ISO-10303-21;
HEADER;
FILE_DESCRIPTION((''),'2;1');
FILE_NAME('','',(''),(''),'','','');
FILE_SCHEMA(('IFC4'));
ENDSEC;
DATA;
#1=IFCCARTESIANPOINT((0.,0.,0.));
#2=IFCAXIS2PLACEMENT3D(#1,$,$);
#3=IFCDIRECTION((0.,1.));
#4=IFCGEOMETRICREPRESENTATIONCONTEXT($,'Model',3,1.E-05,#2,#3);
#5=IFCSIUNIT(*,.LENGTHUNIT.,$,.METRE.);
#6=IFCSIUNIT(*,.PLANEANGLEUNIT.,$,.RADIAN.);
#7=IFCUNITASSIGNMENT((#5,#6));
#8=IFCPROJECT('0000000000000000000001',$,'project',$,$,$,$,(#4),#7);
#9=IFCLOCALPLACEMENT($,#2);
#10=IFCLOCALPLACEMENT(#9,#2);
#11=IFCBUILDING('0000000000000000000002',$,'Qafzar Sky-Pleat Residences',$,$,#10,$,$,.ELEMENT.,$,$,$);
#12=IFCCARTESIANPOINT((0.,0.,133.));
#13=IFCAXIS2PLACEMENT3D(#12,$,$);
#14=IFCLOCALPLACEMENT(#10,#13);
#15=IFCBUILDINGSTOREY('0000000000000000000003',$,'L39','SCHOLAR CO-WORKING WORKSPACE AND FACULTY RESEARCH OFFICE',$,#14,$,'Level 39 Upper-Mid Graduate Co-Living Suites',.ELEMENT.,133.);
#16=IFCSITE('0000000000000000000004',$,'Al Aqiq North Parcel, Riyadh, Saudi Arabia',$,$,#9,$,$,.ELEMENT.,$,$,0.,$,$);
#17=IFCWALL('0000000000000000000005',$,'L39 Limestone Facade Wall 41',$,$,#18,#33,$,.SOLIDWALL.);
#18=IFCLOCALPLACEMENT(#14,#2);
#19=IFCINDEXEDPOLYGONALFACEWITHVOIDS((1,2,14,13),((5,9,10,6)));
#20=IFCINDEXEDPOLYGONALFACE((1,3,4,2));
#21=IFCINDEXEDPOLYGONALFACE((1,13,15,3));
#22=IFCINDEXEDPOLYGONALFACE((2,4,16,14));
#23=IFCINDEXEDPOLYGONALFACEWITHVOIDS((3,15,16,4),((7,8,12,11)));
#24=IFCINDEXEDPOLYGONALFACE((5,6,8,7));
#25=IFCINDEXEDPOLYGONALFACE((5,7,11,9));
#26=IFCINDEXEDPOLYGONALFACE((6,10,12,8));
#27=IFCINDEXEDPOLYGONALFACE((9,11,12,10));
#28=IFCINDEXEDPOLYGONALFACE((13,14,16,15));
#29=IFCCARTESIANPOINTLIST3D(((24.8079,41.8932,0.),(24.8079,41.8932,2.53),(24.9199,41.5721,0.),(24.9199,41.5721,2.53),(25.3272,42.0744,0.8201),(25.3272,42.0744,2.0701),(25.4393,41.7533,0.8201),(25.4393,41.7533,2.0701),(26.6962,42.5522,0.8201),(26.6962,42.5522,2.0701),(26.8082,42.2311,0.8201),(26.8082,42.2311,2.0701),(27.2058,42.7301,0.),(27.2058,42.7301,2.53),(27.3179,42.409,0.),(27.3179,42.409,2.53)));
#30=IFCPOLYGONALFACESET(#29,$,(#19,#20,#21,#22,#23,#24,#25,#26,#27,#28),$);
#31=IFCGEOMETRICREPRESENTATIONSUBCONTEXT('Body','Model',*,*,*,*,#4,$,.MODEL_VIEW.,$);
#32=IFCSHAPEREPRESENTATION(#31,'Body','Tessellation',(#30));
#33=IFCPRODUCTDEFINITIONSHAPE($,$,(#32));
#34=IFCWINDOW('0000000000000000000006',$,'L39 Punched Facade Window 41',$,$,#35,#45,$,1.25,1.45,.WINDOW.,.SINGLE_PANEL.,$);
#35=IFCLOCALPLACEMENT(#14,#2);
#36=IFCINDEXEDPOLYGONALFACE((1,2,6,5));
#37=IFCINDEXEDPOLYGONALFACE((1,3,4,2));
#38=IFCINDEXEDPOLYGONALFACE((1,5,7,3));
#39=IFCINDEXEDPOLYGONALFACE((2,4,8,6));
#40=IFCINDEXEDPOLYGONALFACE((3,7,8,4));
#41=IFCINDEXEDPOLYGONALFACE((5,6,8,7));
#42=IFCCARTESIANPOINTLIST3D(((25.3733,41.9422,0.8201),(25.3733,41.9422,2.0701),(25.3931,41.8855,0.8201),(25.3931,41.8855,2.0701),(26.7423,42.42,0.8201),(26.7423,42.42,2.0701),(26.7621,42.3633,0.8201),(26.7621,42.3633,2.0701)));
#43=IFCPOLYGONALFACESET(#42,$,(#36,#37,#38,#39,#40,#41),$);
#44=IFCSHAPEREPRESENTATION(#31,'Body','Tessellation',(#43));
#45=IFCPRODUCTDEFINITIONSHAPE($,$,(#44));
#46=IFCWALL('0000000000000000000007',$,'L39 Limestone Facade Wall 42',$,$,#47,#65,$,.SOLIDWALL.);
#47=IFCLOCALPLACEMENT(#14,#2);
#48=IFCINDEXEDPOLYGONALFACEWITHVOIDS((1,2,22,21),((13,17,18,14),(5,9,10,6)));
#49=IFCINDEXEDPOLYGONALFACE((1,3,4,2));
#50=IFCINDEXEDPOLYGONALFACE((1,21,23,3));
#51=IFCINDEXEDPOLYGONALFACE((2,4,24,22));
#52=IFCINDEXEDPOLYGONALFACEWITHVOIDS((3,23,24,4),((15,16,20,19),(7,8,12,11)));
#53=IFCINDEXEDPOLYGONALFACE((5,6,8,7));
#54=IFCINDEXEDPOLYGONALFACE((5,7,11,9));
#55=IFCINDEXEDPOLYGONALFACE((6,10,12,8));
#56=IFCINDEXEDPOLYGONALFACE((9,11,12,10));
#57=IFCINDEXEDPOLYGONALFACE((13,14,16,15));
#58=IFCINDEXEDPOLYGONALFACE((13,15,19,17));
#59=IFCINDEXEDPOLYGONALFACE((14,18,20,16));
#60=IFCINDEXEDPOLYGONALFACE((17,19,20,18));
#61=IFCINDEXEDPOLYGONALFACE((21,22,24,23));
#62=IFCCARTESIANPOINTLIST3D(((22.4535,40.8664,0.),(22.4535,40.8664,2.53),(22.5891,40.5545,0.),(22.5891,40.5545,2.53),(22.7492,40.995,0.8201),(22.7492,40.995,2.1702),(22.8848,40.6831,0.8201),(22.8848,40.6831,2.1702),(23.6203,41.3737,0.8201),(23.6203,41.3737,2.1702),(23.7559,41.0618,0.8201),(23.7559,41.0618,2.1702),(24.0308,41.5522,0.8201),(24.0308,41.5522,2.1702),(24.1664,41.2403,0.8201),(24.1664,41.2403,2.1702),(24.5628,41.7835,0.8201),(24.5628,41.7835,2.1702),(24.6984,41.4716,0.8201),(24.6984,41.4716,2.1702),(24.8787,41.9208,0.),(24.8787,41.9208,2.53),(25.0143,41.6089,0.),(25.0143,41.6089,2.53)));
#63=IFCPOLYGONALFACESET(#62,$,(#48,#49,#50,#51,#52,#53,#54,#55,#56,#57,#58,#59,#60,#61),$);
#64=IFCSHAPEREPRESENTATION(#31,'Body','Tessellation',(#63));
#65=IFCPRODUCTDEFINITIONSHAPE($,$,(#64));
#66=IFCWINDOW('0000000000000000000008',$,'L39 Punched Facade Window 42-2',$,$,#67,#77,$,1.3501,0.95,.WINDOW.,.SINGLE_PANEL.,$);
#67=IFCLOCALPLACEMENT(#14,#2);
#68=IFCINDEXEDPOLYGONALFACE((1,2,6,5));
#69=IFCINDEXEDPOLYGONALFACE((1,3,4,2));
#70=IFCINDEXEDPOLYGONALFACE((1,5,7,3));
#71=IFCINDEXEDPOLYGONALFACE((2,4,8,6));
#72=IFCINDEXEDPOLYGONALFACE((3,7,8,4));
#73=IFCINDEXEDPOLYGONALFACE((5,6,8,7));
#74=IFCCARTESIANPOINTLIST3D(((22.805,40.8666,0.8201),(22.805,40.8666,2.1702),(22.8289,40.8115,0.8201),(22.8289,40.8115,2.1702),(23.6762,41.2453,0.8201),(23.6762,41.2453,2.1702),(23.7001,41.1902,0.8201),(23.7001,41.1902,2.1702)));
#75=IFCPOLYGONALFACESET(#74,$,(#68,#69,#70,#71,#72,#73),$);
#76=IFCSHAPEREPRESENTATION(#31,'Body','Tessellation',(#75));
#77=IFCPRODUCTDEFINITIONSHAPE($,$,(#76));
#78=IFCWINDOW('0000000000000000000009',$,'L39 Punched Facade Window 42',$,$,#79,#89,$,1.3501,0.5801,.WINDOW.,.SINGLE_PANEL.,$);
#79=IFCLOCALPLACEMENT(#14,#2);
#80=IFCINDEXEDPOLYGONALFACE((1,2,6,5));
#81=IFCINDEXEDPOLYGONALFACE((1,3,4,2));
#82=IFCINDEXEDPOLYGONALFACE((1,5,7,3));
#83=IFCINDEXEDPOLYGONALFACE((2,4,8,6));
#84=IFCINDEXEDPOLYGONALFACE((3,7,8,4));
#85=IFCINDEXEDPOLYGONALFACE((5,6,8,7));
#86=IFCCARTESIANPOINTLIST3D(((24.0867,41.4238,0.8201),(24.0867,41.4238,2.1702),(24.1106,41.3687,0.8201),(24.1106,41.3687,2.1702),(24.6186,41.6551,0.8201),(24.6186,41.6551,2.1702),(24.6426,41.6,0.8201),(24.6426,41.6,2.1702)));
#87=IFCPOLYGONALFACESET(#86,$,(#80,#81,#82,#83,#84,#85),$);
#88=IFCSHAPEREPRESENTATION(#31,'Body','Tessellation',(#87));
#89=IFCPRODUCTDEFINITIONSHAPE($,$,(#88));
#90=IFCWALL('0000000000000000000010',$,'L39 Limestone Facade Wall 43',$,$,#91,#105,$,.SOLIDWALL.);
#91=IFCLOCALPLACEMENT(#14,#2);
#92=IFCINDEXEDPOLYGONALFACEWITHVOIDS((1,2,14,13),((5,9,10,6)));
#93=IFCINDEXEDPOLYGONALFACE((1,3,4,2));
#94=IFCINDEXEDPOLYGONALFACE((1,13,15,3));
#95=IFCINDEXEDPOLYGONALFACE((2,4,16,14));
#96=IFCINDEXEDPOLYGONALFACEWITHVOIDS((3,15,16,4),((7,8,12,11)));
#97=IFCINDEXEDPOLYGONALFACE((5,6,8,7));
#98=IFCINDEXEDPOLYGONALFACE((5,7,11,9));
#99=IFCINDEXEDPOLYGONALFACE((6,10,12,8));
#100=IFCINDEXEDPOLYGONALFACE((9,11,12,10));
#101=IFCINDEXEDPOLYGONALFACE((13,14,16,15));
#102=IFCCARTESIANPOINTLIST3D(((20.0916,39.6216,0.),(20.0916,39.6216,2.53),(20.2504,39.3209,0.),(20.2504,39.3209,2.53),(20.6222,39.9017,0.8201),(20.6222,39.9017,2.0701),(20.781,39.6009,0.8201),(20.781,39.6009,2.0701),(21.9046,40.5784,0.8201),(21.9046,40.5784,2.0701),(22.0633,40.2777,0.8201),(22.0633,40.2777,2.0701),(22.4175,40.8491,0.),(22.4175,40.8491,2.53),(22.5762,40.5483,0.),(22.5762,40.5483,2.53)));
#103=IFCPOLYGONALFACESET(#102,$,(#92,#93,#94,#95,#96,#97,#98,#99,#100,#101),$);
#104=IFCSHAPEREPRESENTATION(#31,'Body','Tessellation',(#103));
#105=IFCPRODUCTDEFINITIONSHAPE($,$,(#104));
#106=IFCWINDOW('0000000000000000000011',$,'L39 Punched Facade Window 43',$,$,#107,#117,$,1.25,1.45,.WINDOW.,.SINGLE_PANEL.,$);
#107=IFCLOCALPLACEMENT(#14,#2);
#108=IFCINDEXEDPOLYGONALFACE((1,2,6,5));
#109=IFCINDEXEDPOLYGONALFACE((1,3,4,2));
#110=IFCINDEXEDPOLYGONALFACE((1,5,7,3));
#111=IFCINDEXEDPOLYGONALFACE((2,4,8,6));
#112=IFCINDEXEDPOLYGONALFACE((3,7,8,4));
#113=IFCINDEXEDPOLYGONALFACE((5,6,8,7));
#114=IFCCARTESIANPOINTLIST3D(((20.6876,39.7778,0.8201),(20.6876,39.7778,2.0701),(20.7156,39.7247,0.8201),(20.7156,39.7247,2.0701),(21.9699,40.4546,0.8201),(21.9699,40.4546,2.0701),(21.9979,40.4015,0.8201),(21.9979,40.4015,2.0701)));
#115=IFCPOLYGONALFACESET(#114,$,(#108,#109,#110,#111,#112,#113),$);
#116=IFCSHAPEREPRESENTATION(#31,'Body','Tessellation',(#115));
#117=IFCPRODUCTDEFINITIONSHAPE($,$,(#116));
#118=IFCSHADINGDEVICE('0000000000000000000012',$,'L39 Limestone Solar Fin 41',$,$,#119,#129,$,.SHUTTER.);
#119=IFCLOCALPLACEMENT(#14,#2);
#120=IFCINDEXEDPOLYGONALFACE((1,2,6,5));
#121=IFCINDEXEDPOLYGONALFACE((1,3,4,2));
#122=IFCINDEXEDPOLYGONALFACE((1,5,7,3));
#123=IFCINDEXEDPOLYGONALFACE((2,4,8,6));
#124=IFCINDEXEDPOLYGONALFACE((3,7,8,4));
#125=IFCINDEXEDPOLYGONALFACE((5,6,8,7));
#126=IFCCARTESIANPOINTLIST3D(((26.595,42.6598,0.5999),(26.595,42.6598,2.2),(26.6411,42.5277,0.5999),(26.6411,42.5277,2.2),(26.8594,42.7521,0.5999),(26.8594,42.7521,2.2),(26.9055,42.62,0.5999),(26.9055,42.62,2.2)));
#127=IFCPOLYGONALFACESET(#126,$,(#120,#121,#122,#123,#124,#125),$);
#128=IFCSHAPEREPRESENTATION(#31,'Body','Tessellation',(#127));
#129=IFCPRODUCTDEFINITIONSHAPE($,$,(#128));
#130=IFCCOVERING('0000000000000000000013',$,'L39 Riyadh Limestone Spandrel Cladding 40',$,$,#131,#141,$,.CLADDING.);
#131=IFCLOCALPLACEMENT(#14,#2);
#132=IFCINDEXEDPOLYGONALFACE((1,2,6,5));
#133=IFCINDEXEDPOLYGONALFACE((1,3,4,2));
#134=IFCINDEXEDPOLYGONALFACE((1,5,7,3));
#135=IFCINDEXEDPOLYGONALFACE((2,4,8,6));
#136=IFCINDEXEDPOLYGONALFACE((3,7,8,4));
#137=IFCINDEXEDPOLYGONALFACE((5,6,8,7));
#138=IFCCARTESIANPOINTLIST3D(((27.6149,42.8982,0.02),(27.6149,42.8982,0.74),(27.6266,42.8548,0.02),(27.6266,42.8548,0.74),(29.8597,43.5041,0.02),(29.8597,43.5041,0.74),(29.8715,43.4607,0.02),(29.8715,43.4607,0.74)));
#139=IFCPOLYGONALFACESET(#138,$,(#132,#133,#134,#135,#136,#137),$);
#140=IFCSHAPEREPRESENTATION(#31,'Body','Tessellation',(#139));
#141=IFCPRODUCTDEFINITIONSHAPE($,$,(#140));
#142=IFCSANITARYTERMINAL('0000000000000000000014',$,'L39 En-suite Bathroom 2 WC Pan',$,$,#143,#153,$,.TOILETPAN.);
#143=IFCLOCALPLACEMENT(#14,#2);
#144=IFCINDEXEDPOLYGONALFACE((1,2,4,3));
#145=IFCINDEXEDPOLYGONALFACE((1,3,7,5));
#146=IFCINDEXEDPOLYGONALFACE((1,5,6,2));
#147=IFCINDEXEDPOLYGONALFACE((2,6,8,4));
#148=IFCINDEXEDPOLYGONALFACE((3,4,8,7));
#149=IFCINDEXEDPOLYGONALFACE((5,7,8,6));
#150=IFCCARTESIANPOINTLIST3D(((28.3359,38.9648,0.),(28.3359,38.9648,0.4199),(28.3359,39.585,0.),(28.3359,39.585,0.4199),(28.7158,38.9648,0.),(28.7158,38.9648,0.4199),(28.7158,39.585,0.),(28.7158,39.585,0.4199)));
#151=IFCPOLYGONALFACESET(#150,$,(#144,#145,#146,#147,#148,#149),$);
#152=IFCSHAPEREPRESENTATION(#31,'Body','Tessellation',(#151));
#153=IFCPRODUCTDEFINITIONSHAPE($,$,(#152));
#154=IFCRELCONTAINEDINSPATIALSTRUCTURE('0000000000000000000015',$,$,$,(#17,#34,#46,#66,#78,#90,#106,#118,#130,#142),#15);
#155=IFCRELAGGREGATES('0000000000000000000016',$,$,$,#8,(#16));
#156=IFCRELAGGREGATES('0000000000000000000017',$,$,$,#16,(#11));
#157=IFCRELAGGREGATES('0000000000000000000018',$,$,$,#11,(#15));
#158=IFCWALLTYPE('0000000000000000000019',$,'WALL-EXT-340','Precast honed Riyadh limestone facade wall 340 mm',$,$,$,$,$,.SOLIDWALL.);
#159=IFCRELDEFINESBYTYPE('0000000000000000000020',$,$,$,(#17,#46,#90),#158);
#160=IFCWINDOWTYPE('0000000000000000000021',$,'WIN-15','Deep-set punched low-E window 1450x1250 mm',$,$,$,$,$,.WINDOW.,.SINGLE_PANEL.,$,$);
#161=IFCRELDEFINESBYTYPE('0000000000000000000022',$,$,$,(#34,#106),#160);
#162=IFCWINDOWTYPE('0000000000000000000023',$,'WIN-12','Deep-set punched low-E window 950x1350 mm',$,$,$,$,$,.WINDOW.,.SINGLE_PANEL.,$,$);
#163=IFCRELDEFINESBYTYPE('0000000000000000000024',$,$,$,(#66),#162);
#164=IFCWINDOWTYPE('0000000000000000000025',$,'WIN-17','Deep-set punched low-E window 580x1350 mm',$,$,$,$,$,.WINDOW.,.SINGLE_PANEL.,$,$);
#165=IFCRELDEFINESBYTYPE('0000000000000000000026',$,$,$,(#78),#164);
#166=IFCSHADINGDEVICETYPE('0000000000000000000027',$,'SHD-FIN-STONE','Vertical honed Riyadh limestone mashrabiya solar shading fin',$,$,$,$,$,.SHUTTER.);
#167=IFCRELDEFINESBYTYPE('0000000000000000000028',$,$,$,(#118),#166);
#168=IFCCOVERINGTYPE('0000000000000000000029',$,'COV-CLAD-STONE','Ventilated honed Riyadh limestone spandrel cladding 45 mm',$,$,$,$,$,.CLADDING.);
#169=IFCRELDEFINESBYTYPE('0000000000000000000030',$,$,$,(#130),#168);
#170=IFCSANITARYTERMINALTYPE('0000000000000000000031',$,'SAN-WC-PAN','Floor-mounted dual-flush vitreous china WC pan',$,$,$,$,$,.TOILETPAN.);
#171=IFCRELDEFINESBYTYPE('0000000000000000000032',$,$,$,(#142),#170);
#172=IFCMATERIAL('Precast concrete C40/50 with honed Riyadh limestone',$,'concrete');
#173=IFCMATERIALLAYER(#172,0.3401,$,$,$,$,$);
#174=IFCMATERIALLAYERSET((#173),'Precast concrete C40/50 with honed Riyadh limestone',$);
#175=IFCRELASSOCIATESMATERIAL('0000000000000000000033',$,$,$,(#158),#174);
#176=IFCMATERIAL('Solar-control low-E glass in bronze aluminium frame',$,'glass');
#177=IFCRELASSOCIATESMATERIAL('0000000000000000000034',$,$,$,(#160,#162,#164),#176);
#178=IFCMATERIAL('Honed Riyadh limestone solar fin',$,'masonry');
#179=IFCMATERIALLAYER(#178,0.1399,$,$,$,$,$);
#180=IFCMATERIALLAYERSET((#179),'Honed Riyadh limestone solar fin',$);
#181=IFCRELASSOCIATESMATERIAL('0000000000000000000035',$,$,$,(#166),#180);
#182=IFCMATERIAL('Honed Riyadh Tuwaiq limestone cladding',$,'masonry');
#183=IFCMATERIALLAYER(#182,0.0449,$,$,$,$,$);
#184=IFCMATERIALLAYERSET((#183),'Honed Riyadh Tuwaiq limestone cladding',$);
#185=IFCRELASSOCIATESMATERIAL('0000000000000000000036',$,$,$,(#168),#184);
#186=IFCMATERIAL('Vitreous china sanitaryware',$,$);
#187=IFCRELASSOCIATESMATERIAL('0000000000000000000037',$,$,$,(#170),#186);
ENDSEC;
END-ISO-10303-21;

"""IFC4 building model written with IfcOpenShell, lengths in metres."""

from ifc_helpers import new_model, si_unit, direction, frame, frame_2d, origin, origin_2d, place, context, subcontext, project, spatial, rectangle, extrude, source, transform, mapped, material, layer, layer_set, type_object, element, fill, save


model = new_model("IFC4")

# Units and contexts
model_context = context("Model", 3, precision=1e-05, world=origin(), true_north=direction((0.0, 1.0)))
body_context = subcontext(model_context, "Body", "Model", "MODEL_VIEW")
ifc_project = project(units=[si_unit("LENGTHUNIT", "METRE"), si_unit("PLANEANGLEUNIT", "RADIAN")], contexts=[model_context])

# Site, building, storey
site_placement = place(None, origin())
site = spatial("IfcSite", under=ifc_project, at=site_placement, Name="Al Aqiq North Parcel, Riyadh, Saudi Arabia", CompositionType="ELEMENT", RefElevation=0.0)
building_placement = place(site_placement, origin())
building = spatial("IfcBuilding", under=site, at=building_placement, Name="Qafzar Sky-Pleat Residences", CompositionType="ELEMENT")
storey_placement = place(building_placement, frame((0.0, 0.0, 133.0)))
storey = spatial("IfcBuildingStorey", under=building, at=storey_placement, Name="L39", Description="SCHOLAR CO-WORKING WORKSPACE AND FACULTY RESEARCH OFFICE", LongName="Level 39 Upper-Mid Graduate Co-Living Suites", CompositionType="ELEMENT", Elevation=133.0)

# Wall, opening, window
ifc_material_1 = material(Name="Precast concrete C40/50 with honed Riyadh limestone", Category="concrete")
ifc_layer_1 = layer(ifc_material_1, 0.3401)
ifc_layer_set_1 = layer_set([ifc_layer_1], Name="Precast concrete C40/50 with honed Riyadh limestone")
wall_type_1 = type_object("IfcWallType", Name="WALL-EXT-340", Description="Precast honed Riyadh limestone facade wall 340 mm", PredefinedType="SOLIDWALL", material=ifc_layer_set_1)
wall_1_placement = place(storey_placement, frame((27.262, 42.5696, 0.0), z_axis=(0.0, 0.0, 1.0), x_axis=(-0.944149, -0.32952, 0.0)))
wall_1 = element("IfcWall", 1, at=wall_1_placement, inside=storey, type_object=wall_type_1, Name="L39 Limestone Facade Wall 41", PredefinedType="SOLIDWALL", context=body_context, shape_type="SweptSolid", body=[
    extrude(rectangle(XDim=2.5398, YDim=0.3401, at=frame_2d((1.27, 0.0))), origin(), (0.0, 0.0, 1.0), 2.53),
])
opening_1_placement = place(wall_1_placement, frame((0.5398, 0.0, 0.8201)))
opening_1 = element("IfcOpeningElement", 2, at=opening_1_placement, cuts=wall_1, PredefinedType="OPENING", context=body_context, shape_type="SweptSolid", body=[
    extrude(rectangle(XDim=1.45, YDim=1.25, at=frame_2d((0.7251, 0.625))), frame((0.0, 0.1802, 0.0), z_axis=(0.0, -1.0, 0.0), x_axis=(1.0, 0.0, 0.0)), (0.0, 0.0, 1.0), 0.3601),
])
ifc_material_2 = material(Name="Solar-control low-E glass in bronze aluminium frame", Category="glass")
window_type_1 = type_object("IfcWindowType", Name="WIN-15", Description="Deep-set punched low-E window 1450x1250 mm", PartitioningType="SINGLE_PANEL", PredefinedType="WINDOW", material=ifc_material_2)
shared_shape_1 = source(origin(), body_context, "Body", "SweptSolid", [
    extrude(rectangle(XDim=1.45, YDim=1.25, at=frame_2d((0.7251, 0.625))), frame((0.0, 0.03, 0.0), z_axis=(0.0, -1.0, 0.0), x_axis=(1.0, 0.0, 0.0)), (0.0, 0.0, 1.0), 0.0601),
])
window_1_placement = place(opening_1_placement, origin())
window_1 = element("IfcWindow", 3, at=window_1_placement, inside=storey, type_object=window_type_1, Name="L39 Punched Facade Window 41", OverallHeight=1.25, OverallWidth=1.45, PartitioningType="SINGLE_PANEL", PredefinedType="WINDOW", context=body_context, shape_type="MappedRepresentation", body=[
    mapped(shared_shape_1, transform((0.0, 0.0, 0.0), x_axis=(1.0, 0.0, 0.0), y_axis=(0.0, 1.0, 0.0), z_axis=(0.0, 0.0, 1.0), scale=1.0)),
])
fill(opening_1, window_1)

# Wall, openings, windows
wall_2_placement = place(storey_placement, frame((24.9465, 41.7649, 0.0), z_axis=(0.0, 0.0, 1.0), x_axis=(-0.917074, -0.398716, 0.0)))
wall_2 = element("IfcWall", 4, at=wall_2_placement, inside=storey, type_object=wall_type_1, Name="L39 Limestone Facade Wall 42", PredefinedType="SOLIDWALL", context=body_context, shape_type="SweptSolid", body=[
    extrude(rectangle(XDim=2.6445, YDim=0.3401, at=frame_2d((1.3223, 0.0))), origin(), (0.0, 0.0, 1.0), 2.53),
])
opening_2_placement = place(wall_2_placement, frame((0.3445, 0.0, 0.8201)))
opening_2 = element("IfcOpeningElement", 5, at=opening_2_placement, cuts=wall_2, PredefinedType="OPENING", context=body_context, shape_type="SweptSolid", body=[
    extrude(rectangle(XDim=0.5801, YDim=1.3501, at=frame_2d((0.29, 0.675))), frame((0.0, 0.1802, 0.0), z_axis=(0.0, -1.0, 0.0), x_axis=(1.0, 0.0, 0.0)), (0.0, 0.0, 1.0), 0.3601),
])
opening_3_placement = place(wall_2_placement, frame((1.3721, 0.0, 0.8201)))
opening_3 = element("IfcOpeningElement", 6, at=opening_3_placement, cuts=wall_2, PredefinedType="OPENING", context=body_context, shape_type="SweptSolid", body=[
    extrude(rectangle(XDim=0.95, YDim=1.3501, at=frame_2d((0.4751, 0.675))), frame((0.0, 0.1802, 0.0), z_axis=(0.0, -1.0, 0.0), x_axis=(1.0, 0.0, 0.0)), (0.0, 0.0, 1.0), 0.3601),
])
window_type_2 = type_object("IfcWindowType", Name="WIN-12", Description="Deep-set punched low-E window 950x1350 mm", PartitioningType="SINGLE_PANEL", PredefinedType="WINDOW", material=ifc_material_2)
shared_shape_2 = source(origin(), body_context, "Body", "SweptSolid", [
    extrude(rectangle(XDim=0.95, YDim=1.3501, at=frame_2d((0.4751, 0.675))), frame((0.0, 0.03, 0.0), z_axis=(0.0, -1.0, 0.0), x_axis=(1.0, 0.0, 0.0)), (0.0, 0.0, 1.0), 0.0601),
])
window_2_placement = place(opening_3_placement, origin())
window_2 = element("IfcWindow", 7, at=window_2_placement, inside=storey, type_object=window_type_2, Name="L39 Punched Facade Window 42-2", OverallHeight=1.3501, OverallWidth=0.95, PartitioningType="SINGLE_PANEL", PredefinedType="WINDOW", context=body_context, shape_type="MappedRepresentation", body=[
    mapped(shared_shape_2, transform((0.0, 0.0, 0.0), x_axis=(1.0, 0.0, 0.0), y_axis=(0.0, 1.0, 0.0), z_axis=(0.0, 0.0, 1.0), scale=1.0)),
])
fill(opening_3, window_2)
window_type_3 = type_object("IfcWindowType", Name="WIN-17", Description="Deep-set punched low-E window 580x1350 mm", PartitioningType="SINGLE_PANEL", PredefinedType="WINDOW", material=ifc_material_2)
shared_shape_3 = source(origin(), body_context, "Body", "SweptSolid", [
    extrude(rectangle(XDim=0.5801, YDim=1.3501, at=frame_2d((0.29, 0.675))), frame((0.0, 0.03, 0.0), z_axis=(0.0, -1.0, 0.0), x_axis=(1.0, 0.0, 0.0)), (0.0, 0.0, 1.0), 0.0601),
])
window_3_placement = place(opening_2_placement, origin())
window_3 = element("IfcWindow", 8, at=window_3_placement, inside=storey, type_object=window_type_3, Name="L39 Punched Facade Window 42", OverallHeight=1.3501, OverallWidth=0.5801, PartitioningType="SINGLE_PANEL", PredefinedType="WINDOW", context=body_context, shape_type="MappedRepresentation", body=[
    mapped(shared_shape_3, transform((0.0, 0.0, 0.0), x_axis=(1.0, 0.0, 0.0), y_axis=(0.0, 1.0, 0.0), z_axis=(0.0, 0.0, 1.0), scale=1.0)),
])
fill(opening_2, window_3)

# Wall, opening, window
wall_3_placement = place(storey_placement, frame((22.4968, 40.6987, 0.0), z_axis=(0.0, 0.0, 1.0), x_axis=(-0.88439, -0.466749, 0.0)))
wall_3 = element("IfcWall", 9, at=wall_3_placement, inside=storey, type_object=wall_type_1, Name="L39 Limestone Facade Wall 43", PredefinedType="SOLIDWALL", context=body_context, shape_type="SweptSolid", body=[
    extrude(rectangle(XDim=2.6299, YDim=0.3401, at=frame_2d((1.3149, 0.0))), origin(), (0.0, 0.0, 1.0), 2.53),
])
opening_4_placement = place(wall_3_placement, frame((0.5798, 0.0, 0.8201)))
opening_4 = element("IfcOpeningElement", 10, at=opening_4_placement, cuts=wall_3, PredefinedType="OPENING", context=body_context, shape_type="SweptSolid", body=[
    extrude(rectangle(XDim=1.45, YDim=1.25, at=frame_2d((0.7251, 0.625))), frame((0.0, 0.1802, 0.0), z_axis=(0.0, -1.0, 0.0), x_axis=(1.0, 0.0, 0.0)), (0.0, 0.0, 1.0), 0.3601),
])
window_4_placement = place(opening_4_placement, origin())
window_4 = element("IfcWindow", 11, at=window_4_placement, inside=storey, type_object=window_type_1, Name="L39 Punched Facade Window 43", OverallHeight=1.25, OverallWidth=1.45, PartitioningType="SINGLE_PANEL", PredefinedType="WINDOW", context=body_context, shape_type="MappedRepresentation", body=[
    mapped(shared_shape_1, transform((0.0, 0.0, 0.0), x_axis=(1.0, 0.0, 0.0), y_axis=(0.0, 1.0, 0.0), z_axis=(0.0, 0.0, 1.0), scale=1.0)),
])
fill(opening_4, window_4)

# Shading device
ifc_material_3 = material(Name="Honed Riyadh limestone solar fin", Category="masonry")
ifc_layer_2 = layer(ifc_material_3, 0.1399)
ifc_layer_set_2 = layer_set([ifc_layer_2], Name="Honed Riyadh limestone solar fin")
shading_device_type = type_object("IfcShadingDeviceType", Name="SHD-FIN-STONE", Description="Vertical honed Riyadh limestone mashrabiya solar shading fin", PredefinedType="SHUTTER", material=ifc_layer_set_2)
shared_shape_4 = source(origin(), body_context, "Body", "SweptSolid", [
    extrude(rectangle(XDim=0.1399, YDim=0.28, at=origin_2d()), origin(), (0.0, 0.0, 1.0), 1.6001),
])
shading_device_placement = place(storey_placement, frame((26.7502, 42.6399, 0.5999), z_axis=(0.0, 0.0, 1.0), x_axis=(-0.329556, 0.944136, 0.0)))
element("IfcShadingDevice", 12, at=shading_device_placement, inside=storey, type_object=shading_device_type, Name="L39 Limestone Solar Fin 41", PredefinedType="SHUTTER", context=body_context, shape_type="MappedRepresentation", body=[
    mapped(shared_shape_4, transform((0.0, 0.0, 0.0), x_axis=(1.0, 0.0, 0.0), y_axis=(0.0, 1.0, 0.0), z_axis=(0.0, 0.0, 1.0), scale=1.0)),
])

# Covering
ifc_material_4 = material(Name="Honed Riyadh Tuwaiq limestone cladding", Category="masonry")
ifc_layer_3 = layer(ifc_material_4, 0.0449)
ifc_layer_set_3 = layer_set([ifc_layer_3], Name="Honed Riyadh Tuwaiq limestone cladding")
covering_type = type_object("IfcCoveringType", Name="COV-CLAD-STONE", Description="Ventilated honed Riyadh limestone spandrel cladding 45 mm", PredefinedType="CLADDING", material=ifc_layer_set_3)
shared_shape_5 = source(origin(), body_context, "Body", "SweptSolid", [
    extrude(rectangle(XDim=2.3252, YDim=0.0449, at=origin_2d()), origin(), (0.0, 0.0, 1.0), 0.72),
])
covering_placement = place(storey_placement, frame((28.7432, 43.1794, 0.02), z_axis=(0.0, 0.0, 1.0), x_axis=(-0.965455, -0.260572, 0.0)))
element("IfcCovering", 13, at=covering_placement, inside=storey, type_object=covering_type, Name="L39 Riyadh Limestone Spandrel Cladding 40", PredefinedType="CLADDING", context=body_context, shape_type="MappedRepresentation", body=[
    mapped(shared_shape_5, transform((0.0, 0.0, 0.0), x_axis=(1.0, 0.0, 0.0), y_axis=(0.0, 1.0, 0.0), z_axis=(0.0, 0.0, 1.0), scale=1.0)),
])

# Sanitary terminal
ifc_material_5 = material(Name="Vitreous china sanitaryware")
sanitary_terminal_type_1 = type_object("IfcSanitaryTerminalType", Name="SAN-WC-PAN", Description="Floor-mounted dual-flush vitreous china WC pan", PredefinedType="TOILETPAN", material=ifc_material_5)
shared_shape_6 = source(origin(), body_context, "Body", "SweptSolid", [
    extrude(rectangle(XDim=0.3799, YDim=0.6201, at=origin_2d()), origin(), (0.0, 0.0, 1.0), 0.4199),
])
sanitary_terminal_1_placement = place(storey_placement, frame((28.5259, 39.2749, 0.0), z_axis=(0.0, 0.0, 1.0), x_axis=(1.0, 0.0, 0.0)))
element("IfcSanitaryTerminal", 14, at=sanitary_terminal_1_placement, inside=storey, type_object=sanitary_terminal_type_1, Name="L39 En-suite Bathroom 2 WC Pan", PredefinedType="TOILETPAN", context=body_context, shape_type="MappedRepresentation", body=[
    mapped(shared_shape_6, transform((0.0, 0.0, 0.0), x_axis=(1.0, 0.0, 0.0), y_axis=(0.0, 1.0, 0.0), z_axis=(0.0, 0.0, 1.0), scale=1.0)),
])

save(model, "model.ifc")
